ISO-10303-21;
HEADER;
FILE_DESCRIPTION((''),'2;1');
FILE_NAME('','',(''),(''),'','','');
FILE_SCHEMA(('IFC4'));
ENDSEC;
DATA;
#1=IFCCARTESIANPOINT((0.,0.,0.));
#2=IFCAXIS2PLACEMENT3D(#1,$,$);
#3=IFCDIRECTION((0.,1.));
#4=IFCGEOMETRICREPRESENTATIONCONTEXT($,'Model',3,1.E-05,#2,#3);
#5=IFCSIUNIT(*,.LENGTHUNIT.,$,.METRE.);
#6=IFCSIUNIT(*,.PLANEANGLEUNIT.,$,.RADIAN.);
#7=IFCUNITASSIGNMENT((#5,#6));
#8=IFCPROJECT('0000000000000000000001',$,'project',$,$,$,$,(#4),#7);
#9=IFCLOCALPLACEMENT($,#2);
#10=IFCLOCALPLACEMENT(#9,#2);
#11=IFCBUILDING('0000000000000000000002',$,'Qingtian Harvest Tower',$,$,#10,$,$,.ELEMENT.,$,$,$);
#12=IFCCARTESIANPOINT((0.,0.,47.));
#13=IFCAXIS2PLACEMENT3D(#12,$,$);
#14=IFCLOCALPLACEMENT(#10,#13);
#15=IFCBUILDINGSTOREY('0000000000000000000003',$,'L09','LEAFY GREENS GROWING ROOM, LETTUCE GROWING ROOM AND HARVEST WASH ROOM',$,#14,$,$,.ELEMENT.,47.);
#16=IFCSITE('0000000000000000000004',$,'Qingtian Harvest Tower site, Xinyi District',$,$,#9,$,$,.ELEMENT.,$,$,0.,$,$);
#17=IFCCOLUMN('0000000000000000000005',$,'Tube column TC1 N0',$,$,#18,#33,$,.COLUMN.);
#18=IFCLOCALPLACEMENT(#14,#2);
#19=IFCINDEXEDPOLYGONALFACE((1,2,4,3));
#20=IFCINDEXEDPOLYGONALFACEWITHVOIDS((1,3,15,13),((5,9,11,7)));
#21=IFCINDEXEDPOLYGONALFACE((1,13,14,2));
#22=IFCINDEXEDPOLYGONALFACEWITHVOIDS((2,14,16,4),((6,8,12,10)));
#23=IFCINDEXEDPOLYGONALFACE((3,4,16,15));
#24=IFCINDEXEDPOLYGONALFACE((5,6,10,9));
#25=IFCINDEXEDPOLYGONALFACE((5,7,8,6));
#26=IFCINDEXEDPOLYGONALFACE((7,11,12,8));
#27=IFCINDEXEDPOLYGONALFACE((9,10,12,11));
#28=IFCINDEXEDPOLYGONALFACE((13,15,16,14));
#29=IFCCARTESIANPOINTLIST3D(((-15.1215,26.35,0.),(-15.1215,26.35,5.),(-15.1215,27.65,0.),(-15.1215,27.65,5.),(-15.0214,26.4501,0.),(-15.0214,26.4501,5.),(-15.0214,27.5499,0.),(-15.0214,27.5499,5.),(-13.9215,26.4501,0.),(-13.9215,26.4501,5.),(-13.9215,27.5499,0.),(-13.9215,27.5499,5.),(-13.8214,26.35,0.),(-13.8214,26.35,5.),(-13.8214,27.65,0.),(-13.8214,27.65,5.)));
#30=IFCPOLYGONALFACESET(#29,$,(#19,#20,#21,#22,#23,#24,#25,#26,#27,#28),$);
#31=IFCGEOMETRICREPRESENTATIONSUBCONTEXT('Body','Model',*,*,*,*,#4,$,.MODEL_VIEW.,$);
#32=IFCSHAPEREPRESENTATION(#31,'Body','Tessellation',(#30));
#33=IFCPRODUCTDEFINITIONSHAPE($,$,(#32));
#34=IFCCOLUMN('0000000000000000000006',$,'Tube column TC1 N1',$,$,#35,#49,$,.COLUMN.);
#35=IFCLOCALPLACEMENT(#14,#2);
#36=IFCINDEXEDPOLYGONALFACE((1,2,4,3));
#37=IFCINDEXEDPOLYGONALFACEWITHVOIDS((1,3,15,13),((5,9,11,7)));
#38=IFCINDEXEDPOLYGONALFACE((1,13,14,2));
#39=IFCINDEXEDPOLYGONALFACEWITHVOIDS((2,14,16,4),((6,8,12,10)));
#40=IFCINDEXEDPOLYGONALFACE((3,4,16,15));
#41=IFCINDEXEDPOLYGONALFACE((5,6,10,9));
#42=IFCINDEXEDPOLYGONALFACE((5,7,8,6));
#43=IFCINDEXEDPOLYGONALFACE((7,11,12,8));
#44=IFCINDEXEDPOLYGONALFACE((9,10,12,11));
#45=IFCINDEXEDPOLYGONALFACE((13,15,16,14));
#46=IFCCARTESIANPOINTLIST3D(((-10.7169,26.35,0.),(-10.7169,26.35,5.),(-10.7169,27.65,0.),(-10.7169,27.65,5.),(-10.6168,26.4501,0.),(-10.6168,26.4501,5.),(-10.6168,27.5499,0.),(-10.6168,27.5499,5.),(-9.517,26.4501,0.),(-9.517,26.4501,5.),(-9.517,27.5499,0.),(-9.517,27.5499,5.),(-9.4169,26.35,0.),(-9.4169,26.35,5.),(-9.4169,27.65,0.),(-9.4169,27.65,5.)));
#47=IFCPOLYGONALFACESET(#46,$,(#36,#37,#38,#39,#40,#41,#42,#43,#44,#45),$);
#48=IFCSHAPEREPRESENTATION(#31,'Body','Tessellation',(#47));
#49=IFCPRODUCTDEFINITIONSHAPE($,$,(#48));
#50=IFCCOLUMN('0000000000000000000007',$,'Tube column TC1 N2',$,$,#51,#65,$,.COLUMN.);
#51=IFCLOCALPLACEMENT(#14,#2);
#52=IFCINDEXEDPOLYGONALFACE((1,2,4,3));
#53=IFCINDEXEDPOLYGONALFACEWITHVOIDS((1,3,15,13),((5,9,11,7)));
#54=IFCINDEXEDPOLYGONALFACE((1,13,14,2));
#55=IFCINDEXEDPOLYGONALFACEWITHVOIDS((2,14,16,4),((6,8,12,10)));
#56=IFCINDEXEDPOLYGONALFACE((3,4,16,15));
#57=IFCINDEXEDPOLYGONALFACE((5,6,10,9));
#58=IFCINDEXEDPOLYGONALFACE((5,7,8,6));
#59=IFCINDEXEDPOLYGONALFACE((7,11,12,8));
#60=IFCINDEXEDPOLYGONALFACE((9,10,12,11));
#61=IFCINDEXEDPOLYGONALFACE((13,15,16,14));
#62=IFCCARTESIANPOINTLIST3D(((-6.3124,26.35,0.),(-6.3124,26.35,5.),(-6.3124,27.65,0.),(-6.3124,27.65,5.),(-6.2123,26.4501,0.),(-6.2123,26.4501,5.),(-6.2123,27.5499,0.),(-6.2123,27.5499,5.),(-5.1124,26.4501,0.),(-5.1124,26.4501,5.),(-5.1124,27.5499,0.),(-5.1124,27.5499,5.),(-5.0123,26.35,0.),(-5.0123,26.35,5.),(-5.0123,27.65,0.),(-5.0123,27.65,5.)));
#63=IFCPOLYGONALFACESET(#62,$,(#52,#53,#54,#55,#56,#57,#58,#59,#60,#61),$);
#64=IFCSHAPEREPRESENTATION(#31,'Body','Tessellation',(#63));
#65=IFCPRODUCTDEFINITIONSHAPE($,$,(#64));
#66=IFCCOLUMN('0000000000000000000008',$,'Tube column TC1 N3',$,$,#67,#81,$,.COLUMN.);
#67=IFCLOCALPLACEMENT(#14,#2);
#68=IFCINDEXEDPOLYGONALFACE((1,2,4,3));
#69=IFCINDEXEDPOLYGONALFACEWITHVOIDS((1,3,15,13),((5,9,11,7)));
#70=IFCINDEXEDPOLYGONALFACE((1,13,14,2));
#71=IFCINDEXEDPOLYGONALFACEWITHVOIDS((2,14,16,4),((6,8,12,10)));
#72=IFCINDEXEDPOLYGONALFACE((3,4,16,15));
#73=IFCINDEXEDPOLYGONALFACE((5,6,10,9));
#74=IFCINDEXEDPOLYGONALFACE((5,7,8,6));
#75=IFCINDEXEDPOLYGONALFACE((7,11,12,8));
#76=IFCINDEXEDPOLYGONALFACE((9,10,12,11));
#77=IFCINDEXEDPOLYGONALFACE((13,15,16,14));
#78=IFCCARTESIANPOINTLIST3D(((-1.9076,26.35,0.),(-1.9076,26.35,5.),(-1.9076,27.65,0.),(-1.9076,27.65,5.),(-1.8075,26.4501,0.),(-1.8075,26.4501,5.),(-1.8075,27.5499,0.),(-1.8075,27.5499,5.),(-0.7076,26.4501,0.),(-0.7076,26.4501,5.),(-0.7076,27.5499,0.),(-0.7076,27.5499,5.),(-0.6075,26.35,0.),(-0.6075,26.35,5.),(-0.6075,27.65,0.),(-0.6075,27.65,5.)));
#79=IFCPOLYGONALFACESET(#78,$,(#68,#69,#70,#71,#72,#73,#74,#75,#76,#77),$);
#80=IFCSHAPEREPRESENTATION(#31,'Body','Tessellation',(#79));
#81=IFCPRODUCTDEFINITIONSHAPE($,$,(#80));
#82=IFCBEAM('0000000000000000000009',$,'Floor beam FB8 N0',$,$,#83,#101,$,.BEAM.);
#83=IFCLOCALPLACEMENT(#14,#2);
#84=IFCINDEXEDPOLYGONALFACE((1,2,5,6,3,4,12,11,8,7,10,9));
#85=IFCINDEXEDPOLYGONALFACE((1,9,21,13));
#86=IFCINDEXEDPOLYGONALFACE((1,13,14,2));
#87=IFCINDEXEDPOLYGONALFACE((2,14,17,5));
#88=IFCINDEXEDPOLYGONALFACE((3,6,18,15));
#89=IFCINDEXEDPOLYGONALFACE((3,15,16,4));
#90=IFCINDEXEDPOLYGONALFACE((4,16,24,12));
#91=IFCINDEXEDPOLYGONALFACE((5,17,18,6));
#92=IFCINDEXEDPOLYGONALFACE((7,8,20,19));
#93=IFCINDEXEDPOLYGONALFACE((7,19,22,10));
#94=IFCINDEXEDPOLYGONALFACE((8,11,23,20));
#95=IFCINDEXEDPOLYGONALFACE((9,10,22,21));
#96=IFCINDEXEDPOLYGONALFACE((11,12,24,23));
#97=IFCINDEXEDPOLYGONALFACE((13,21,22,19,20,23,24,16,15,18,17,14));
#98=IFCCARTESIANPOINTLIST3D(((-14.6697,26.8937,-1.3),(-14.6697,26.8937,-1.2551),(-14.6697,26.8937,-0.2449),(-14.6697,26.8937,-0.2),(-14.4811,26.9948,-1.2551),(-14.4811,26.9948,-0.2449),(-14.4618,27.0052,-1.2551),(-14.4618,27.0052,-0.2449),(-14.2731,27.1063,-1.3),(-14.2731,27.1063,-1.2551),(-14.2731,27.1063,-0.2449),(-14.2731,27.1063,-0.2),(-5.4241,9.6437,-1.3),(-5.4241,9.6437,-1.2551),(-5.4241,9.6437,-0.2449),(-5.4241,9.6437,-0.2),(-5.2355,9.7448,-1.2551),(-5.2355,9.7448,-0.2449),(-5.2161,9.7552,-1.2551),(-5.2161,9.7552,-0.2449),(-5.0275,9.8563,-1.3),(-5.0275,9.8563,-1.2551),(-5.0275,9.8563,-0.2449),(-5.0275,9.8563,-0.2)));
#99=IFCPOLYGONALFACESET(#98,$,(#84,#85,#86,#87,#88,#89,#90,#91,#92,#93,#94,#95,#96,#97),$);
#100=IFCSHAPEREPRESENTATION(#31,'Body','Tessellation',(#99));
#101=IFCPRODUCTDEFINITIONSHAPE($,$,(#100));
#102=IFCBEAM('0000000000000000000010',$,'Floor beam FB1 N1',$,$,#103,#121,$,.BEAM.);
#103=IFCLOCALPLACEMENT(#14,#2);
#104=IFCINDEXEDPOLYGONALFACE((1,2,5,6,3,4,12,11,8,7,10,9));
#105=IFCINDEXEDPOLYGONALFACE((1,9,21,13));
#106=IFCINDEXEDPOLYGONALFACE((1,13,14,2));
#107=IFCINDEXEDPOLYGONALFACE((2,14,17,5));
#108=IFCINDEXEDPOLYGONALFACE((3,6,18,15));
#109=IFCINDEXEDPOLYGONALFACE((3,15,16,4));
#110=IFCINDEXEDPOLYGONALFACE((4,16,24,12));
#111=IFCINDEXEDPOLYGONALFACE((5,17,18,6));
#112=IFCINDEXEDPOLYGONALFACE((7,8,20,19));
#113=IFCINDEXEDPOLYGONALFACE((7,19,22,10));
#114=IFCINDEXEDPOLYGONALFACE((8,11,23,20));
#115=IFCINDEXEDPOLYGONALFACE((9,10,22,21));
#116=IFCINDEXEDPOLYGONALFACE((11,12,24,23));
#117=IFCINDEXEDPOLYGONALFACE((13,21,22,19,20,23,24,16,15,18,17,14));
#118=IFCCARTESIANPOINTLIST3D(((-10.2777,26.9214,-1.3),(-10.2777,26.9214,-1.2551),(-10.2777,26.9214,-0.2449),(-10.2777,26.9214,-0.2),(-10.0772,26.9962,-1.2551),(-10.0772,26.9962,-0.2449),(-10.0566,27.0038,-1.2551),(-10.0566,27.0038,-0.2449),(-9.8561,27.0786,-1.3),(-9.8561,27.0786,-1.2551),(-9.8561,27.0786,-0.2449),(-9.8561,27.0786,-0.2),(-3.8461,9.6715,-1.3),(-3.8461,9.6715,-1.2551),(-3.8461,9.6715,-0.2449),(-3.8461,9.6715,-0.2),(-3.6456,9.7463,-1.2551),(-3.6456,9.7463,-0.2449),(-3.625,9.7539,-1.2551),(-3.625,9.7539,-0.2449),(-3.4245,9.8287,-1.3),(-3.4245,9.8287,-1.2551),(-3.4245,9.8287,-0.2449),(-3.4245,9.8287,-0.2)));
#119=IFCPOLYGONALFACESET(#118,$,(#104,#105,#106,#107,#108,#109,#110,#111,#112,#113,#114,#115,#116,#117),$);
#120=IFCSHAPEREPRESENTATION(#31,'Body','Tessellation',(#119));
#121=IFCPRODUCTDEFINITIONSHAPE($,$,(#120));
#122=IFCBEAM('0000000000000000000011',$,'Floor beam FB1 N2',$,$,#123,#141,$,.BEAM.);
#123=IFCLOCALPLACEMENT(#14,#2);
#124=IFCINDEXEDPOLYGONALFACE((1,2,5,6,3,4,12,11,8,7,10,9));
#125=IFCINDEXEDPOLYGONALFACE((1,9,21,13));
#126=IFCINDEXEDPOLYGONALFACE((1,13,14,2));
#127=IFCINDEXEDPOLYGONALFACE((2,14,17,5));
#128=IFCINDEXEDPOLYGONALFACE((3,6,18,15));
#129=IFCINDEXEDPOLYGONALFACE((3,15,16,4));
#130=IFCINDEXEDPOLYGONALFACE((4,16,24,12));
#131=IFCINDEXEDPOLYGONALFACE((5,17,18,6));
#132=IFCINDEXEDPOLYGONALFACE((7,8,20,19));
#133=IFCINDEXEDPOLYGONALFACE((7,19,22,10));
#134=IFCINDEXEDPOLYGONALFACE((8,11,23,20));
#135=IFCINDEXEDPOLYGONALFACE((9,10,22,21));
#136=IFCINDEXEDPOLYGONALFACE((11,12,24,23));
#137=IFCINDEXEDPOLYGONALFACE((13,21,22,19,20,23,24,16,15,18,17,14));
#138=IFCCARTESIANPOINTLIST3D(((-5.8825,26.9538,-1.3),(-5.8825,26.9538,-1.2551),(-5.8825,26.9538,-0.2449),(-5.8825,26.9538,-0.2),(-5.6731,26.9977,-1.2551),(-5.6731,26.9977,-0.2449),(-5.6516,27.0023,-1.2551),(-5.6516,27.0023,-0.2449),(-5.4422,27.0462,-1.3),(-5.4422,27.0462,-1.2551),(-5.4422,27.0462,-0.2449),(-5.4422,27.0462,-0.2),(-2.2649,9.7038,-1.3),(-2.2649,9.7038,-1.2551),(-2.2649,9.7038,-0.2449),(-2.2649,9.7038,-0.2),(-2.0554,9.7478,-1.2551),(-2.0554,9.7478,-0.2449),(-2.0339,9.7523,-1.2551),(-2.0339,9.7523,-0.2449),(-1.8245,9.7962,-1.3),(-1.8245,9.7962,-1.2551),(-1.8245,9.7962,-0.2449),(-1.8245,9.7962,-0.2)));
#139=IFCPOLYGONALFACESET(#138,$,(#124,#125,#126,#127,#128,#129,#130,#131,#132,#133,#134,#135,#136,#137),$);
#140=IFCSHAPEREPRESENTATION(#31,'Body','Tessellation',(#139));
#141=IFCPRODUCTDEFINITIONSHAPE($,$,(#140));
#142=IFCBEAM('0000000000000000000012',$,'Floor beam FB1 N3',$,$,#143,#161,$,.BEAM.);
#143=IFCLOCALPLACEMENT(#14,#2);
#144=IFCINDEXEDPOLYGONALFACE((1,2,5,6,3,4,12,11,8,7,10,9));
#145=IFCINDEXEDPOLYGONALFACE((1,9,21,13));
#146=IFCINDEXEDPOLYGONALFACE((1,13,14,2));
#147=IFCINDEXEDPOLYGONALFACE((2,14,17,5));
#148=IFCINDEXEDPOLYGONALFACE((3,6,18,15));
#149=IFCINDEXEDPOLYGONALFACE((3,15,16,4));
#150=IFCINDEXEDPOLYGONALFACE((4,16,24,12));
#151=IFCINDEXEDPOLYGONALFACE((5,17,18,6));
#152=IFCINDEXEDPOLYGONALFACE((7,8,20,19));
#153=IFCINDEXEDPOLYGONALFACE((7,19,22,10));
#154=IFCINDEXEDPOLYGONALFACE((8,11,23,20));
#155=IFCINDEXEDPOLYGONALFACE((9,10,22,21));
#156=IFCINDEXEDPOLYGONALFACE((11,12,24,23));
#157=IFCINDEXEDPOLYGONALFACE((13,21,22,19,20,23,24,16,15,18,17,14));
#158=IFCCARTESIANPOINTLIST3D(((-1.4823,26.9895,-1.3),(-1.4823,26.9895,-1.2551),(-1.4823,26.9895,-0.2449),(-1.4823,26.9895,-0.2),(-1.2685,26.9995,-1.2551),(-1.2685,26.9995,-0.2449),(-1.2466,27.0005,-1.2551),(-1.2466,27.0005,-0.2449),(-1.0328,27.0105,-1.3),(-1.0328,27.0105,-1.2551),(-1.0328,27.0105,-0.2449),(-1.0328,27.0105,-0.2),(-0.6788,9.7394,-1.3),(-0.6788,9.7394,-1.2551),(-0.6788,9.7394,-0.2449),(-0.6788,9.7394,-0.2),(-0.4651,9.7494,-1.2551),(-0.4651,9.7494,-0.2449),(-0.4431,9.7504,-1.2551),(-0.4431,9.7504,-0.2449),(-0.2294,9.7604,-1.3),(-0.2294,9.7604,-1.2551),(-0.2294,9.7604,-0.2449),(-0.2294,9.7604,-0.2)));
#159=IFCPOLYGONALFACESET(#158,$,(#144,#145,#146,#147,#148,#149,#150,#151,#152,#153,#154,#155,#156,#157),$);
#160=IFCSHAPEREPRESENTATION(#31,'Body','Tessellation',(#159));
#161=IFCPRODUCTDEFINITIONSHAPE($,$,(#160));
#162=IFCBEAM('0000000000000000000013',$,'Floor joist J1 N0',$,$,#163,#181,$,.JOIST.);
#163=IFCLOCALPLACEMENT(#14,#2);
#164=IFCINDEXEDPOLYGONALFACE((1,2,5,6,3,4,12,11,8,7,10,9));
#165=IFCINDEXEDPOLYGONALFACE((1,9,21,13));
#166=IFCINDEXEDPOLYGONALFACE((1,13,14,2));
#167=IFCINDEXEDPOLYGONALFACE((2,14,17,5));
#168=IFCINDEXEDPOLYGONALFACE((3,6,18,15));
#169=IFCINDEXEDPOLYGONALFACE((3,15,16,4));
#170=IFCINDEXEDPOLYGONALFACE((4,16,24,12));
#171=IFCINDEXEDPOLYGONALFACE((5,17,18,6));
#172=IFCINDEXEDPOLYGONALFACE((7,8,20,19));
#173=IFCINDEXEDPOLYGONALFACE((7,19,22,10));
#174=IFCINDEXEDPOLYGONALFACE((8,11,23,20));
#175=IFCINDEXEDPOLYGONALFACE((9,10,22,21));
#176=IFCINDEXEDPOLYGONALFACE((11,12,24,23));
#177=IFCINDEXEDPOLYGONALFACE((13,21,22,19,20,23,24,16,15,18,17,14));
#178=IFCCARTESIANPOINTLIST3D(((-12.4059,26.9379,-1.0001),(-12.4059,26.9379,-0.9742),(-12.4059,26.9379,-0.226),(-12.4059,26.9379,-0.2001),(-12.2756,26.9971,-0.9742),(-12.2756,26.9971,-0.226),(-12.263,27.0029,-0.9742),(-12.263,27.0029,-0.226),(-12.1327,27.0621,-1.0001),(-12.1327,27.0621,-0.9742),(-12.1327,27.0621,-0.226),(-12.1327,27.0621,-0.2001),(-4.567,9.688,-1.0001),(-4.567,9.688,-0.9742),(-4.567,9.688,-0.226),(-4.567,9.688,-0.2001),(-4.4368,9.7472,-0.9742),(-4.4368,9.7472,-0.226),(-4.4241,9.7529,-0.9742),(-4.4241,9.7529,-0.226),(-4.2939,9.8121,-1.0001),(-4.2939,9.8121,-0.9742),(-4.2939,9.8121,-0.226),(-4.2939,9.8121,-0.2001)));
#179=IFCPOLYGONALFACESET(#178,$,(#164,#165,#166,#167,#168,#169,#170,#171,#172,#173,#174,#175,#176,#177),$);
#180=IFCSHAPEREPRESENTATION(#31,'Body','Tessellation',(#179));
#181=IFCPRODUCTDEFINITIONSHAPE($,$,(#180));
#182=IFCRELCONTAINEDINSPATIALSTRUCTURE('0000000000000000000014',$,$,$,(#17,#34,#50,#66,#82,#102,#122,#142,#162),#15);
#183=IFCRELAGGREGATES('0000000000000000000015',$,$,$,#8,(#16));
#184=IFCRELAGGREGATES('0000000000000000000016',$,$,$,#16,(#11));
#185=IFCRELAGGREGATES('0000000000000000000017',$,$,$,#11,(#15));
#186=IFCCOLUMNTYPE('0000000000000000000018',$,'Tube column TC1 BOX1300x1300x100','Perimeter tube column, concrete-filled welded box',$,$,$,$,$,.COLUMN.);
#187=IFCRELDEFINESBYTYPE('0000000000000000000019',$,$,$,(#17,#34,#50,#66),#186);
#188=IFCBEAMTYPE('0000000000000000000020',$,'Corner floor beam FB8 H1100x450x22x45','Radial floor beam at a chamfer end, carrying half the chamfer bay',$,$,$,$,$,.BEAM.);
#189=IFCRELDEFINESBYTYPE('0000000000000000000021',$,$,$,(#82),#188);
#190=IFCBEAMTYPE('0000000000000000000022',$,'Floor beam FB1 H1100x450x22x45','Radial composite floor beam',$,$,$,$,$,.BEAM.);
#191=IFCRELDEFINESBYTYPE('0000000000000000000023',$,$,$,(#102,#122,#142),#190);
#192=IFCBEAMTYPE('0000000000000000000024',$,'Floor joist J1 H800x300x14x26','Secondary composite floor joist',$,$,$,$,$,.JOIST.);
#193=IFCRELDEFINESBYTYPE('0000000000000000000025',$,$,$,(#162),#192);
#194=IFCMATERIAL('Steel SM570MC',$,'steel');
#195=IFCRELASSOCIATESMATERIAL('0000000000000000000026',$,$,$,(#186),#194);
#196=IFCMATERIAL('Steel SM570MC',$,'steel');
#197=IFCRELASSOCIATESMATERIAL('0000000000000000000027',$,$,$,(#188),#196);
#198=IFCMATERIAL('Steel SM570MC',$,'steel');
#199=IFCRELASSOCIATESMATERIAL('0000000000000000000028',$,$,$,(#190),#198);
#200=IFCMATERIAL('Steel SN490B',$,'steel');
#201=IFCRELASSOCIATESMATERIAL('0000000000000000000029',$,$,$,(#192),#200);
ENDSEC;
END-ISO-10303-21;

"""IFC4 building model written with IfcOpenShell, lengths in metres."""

from ifc_helpers import new_model, si_unit, direction, frame, origin, origin_2d, place, context, subcontext, project, spatial, hollow_rectangle, i_section, extrude, material, material_profile, profile_set, type_object, element, save


model = new_model("IFC4")

# Units and contexts
model_context = context("Model", 3, precision=1e-05, world=origin(), true_north=direction((0.0, 1.0)))
body_context = subcontext(model_context, "Body", "Model", "MODEL_VIEW")
ifc_project = project(units=[si_unit("LENGTHUNIT", "METRE"), si_unit("PLANEANGLEUNIT", "RADIAN")], contexts=[model_context])

# Site, building, storey
site_placement = place(None, origin())
site = spatial("IfcSite", under=ifc_project, at=site_placement, Name="Qingtian Harvest Tower site, Xinyi District", CompositionType="ELEMENT", RefElevation=0.0)
building_placement = place(site_placement, origin())
building = spatial("IfcBuilding", under=site, at=building_placement, Name="Qingtian Harvest Tower", CompositionType="ELEMENT")
storey_placement = place(building_placement, frame((0.0, 0.0, 47.0)))
storey = spatial("IfcBuildingStorey", under=building, at=storey_placement, Name="L09", Description="LEAFY GREENS GROWING ROOM, LETTUCE GROWING ROOM AND HARVEST WASH ROOM", CompositionType="ELEMENT", Elevation=47.0)

# Columns
ifc_material_1 = material(Name="Steel SM570MC", Category="steel")
ifc_material_profile_1 = material_profile(ifc_material_1, hollow_rectangle(XDim=1.3, YDim=1.3, WallThickness=0.1001, at=origin_2d()), Name="BOX1300x1300x100")
ifc_profile_set_1 = profile_set([ifc_material_profile_1], Name="Steel SM570MC")
column_type = type_object("IfcColumnType", Name="Tube column TC1 BOX1300x1300x100", Description="Perimeter tube column, concrete-filled welded box", PredefinedType="COLUMN", material=ifc_profile_set_1)
for number, where, z_axis, x_axis, name in (
    (1, (-14.4714, 27.0, 0.0), (0.0, 0.0, 1.0), (-1.0, 0.0, 0.0), "Tube column TC1 N0"),
    (2, (-10.0669, 27.0, 0.0), (0.0, 0.0, 1.0), (-1.0, 0.0, 0.0), "Tube column TC1 N1"),
    (3, (-5.6624, 27.0, 0.0), (0.0, 0.0, 1.0), (-1.0, 0.0, 0.0), "Tube column TC1 N2"),
    (4, (-1.2576, 27.0, 0.0), (0.0, 0.0, 1.0), (-1.0, 0.0, 0.0), "Tube column TC1 N3"),
):
    element("IfcColumn", number, at=place(storey_placement, frame(where, z_axis=z_axis, x_axis=x_axis)), inside=storey, type_object=column_type, Name=name, PredefinedType="COLUMN", context=body_context, shape_type="SweptSolid", body=[
        extrude(hollow_rectangle(XDim=1.3, YDim=1.3, WallThickness=0.1001, at=origin_2d()), origin(), (0.0, 0.0, 1.0), 5.0),
    ])

# Beams
ifc_material_2 = material(Name="Steel SM570MC", Category="steel")
ifc_material_profile_2 = material_profile(ifc_material_2, i_section(OverallWidth=0.45, OverallDepth=1.1001, WebThickness=0.022, FlangeThickness=0.0449, at=origin_2d()), Name="H1100x450x22x45")
ifc_profile_set_2 = profile_set([ifc_material_profile_2], Name="Steel SM570MC")
beam_type_1 = type_object("IfcBeamType", Name="Corner floor beam FB8 H1100x450x22x45", Description="Radial floor beam at a chamfer end, carrying half the chamfer bay", PredefinedType="BEAM", material=ifc_profile_set_2)
beam_1_placement = place(storey_placement, frame((-14.4714, 27.0, -0.75), z_axis=(0.472401, -0.881384, 0.0), x_axis=(0.881384, 0.472401, 0.0)))
element("IfcBeam", 5, at=beam_1_placement, inside=storey, type_object=beam_type_1, Name="Floor beam FB8 N0", PredefinedType="BEAM", context=body_context, shape_type="SweptSolid", body=[
    extrude(i_section(OverallWidth=0.45, OverallDepth=1.1001, WebThickness=0.022, FlangeThickness=0.0449, at=origin_2d()), origin(), (0.0, 0.0, 1.0), 19.5715),
])
ifc_material_3 = material(Name="Steel SM570MC", Category="steel")
ifc_material_profile_3 = material_profile(ifc_material_3, i_section(OverallWidth=0.45, OverallDepth=1.1001, WebThickness=0.022, FlangeThickness=0.0449, at=origin_2d()), Name="H1100x450x22x45")
ifc_profile_set_3 = profile_set([ifc_material_profile_3], Name="Steel SM570MC")
beam_type_2 = type_object("IfcBeamType", Name="Floor beam FB1 H1100x450x22x45", Description="Radial composite floor beam", PredefinedType="BEAM", material=ifc_profile_set_3)
beam_2_placement = place(storey_placement, frame((-10.0669, 27.0, -0.75), z_axis=(0.349356, -0.93699, 0.0), x_axis=(0.93699, 0.349356, 0.0)))
element("IfcBeam", 6, at=beam_2_placement, inside=storey, type_object=beam_type_2, Name="Floor beam FB1 N1", PredefinedType="BEAM", context=body_context, shape_type="SweptSolid", body=[
    extrude(i_section(OverallWidth=0.45, OverallDepth=1.1001, WebThickness=0.022, FlangeThickness=0.0449, at=origin_2d()), origin(), (0.0, 0.0, 1.0), 18.4099),
])
beam_3_placement = place(storey_placement, frame((-5.6624, 27.0, -0.75), z_axis=(0.205255, -0.978709, 0.0), x_axis=(0.978709, 0.205255, 0.0)))
element("IfcBeam", 7, at=beam_3_placement, inside=storey, type_object=beam_type_2, Name="Floor beam FB1 N2", PredefinedType="BEAM", context=body_context, shape_type="SweptSolid", body=[
    extrude(i_section(OverallWidth=0.45, OverallDepth=1.1001, WebThickness=0.022, FlangeThickness=0.0449, at=origin_2d()), origin(), (0.0, 0.0, 1.0), 17.6252),
])
beam_4_placement = place(storey_placement, frame((-1.2576, 27.0, -0.75), z_axis=(0.046527, -0.998917, 0.0), x_axis=(0.998917, 0.046527, 0.0)))
element("IfcBeam", 8, at=beam_4_placement, inside=storey, type_object=beam_type_2, Name="Floor beam FB1 N3", PredefinedType="BEAM", context=body_context, shape_type="SweptSolid", body=[
    extrude(i_section(OverallWidth=0.45, OverallDepth=1.1001, WebThickness=0.022, FlangeThickness=0.0449, at=origin_2d()), origin(), (0.0, 0.0, 1.0), 17.2688),
])
ifc_material_4 = material(Name="Steel SN490B", Category="steel")
ifc_material_profile_4 = material_profile(ifc_material_4, i_section(OverallWidth=0.3, OverallDepth=0.8, WebThickness=0.0139, FlangeThickness=0.0259, at=origin_2d()), Name="H800x300x14x26")
ifc_profile_set_4 = profile_set([ifc_material_profile_4], Name="Steel SN490B")
beam_type_3 = type_object("IfcBeamType", Name="Floor joist J1 H800x300x14x26", Description="Secondary composite floor joist", PredefinedType="JOIST", material=ifc_profile_set_4)
beam_5_placement = place(storey_placement, frame((-12.2693, 27.0, -0.6001), z_axis=(0.413714, -0.910407, 0.0), x_axis=(0.910407, 0.413714, 0.0)))
element("IfcBeam", 9, at=beam_5_placement, inside=storey, type_object=beam_type_3, Name="Floor joist J1 N0", PredefinedType="JOIST", context=body_context, shape_type="SweptSolid", body=[
    extrude(i_section(OverallWidth=0.3, OverallDepth=0.8, WebThickness=0.0139, FlangeThickness=0.0259, at=origin_2d()), origin(), (0.0, 0.0, 1.0), 18.9475),
])

save(model, "model.ifc")
